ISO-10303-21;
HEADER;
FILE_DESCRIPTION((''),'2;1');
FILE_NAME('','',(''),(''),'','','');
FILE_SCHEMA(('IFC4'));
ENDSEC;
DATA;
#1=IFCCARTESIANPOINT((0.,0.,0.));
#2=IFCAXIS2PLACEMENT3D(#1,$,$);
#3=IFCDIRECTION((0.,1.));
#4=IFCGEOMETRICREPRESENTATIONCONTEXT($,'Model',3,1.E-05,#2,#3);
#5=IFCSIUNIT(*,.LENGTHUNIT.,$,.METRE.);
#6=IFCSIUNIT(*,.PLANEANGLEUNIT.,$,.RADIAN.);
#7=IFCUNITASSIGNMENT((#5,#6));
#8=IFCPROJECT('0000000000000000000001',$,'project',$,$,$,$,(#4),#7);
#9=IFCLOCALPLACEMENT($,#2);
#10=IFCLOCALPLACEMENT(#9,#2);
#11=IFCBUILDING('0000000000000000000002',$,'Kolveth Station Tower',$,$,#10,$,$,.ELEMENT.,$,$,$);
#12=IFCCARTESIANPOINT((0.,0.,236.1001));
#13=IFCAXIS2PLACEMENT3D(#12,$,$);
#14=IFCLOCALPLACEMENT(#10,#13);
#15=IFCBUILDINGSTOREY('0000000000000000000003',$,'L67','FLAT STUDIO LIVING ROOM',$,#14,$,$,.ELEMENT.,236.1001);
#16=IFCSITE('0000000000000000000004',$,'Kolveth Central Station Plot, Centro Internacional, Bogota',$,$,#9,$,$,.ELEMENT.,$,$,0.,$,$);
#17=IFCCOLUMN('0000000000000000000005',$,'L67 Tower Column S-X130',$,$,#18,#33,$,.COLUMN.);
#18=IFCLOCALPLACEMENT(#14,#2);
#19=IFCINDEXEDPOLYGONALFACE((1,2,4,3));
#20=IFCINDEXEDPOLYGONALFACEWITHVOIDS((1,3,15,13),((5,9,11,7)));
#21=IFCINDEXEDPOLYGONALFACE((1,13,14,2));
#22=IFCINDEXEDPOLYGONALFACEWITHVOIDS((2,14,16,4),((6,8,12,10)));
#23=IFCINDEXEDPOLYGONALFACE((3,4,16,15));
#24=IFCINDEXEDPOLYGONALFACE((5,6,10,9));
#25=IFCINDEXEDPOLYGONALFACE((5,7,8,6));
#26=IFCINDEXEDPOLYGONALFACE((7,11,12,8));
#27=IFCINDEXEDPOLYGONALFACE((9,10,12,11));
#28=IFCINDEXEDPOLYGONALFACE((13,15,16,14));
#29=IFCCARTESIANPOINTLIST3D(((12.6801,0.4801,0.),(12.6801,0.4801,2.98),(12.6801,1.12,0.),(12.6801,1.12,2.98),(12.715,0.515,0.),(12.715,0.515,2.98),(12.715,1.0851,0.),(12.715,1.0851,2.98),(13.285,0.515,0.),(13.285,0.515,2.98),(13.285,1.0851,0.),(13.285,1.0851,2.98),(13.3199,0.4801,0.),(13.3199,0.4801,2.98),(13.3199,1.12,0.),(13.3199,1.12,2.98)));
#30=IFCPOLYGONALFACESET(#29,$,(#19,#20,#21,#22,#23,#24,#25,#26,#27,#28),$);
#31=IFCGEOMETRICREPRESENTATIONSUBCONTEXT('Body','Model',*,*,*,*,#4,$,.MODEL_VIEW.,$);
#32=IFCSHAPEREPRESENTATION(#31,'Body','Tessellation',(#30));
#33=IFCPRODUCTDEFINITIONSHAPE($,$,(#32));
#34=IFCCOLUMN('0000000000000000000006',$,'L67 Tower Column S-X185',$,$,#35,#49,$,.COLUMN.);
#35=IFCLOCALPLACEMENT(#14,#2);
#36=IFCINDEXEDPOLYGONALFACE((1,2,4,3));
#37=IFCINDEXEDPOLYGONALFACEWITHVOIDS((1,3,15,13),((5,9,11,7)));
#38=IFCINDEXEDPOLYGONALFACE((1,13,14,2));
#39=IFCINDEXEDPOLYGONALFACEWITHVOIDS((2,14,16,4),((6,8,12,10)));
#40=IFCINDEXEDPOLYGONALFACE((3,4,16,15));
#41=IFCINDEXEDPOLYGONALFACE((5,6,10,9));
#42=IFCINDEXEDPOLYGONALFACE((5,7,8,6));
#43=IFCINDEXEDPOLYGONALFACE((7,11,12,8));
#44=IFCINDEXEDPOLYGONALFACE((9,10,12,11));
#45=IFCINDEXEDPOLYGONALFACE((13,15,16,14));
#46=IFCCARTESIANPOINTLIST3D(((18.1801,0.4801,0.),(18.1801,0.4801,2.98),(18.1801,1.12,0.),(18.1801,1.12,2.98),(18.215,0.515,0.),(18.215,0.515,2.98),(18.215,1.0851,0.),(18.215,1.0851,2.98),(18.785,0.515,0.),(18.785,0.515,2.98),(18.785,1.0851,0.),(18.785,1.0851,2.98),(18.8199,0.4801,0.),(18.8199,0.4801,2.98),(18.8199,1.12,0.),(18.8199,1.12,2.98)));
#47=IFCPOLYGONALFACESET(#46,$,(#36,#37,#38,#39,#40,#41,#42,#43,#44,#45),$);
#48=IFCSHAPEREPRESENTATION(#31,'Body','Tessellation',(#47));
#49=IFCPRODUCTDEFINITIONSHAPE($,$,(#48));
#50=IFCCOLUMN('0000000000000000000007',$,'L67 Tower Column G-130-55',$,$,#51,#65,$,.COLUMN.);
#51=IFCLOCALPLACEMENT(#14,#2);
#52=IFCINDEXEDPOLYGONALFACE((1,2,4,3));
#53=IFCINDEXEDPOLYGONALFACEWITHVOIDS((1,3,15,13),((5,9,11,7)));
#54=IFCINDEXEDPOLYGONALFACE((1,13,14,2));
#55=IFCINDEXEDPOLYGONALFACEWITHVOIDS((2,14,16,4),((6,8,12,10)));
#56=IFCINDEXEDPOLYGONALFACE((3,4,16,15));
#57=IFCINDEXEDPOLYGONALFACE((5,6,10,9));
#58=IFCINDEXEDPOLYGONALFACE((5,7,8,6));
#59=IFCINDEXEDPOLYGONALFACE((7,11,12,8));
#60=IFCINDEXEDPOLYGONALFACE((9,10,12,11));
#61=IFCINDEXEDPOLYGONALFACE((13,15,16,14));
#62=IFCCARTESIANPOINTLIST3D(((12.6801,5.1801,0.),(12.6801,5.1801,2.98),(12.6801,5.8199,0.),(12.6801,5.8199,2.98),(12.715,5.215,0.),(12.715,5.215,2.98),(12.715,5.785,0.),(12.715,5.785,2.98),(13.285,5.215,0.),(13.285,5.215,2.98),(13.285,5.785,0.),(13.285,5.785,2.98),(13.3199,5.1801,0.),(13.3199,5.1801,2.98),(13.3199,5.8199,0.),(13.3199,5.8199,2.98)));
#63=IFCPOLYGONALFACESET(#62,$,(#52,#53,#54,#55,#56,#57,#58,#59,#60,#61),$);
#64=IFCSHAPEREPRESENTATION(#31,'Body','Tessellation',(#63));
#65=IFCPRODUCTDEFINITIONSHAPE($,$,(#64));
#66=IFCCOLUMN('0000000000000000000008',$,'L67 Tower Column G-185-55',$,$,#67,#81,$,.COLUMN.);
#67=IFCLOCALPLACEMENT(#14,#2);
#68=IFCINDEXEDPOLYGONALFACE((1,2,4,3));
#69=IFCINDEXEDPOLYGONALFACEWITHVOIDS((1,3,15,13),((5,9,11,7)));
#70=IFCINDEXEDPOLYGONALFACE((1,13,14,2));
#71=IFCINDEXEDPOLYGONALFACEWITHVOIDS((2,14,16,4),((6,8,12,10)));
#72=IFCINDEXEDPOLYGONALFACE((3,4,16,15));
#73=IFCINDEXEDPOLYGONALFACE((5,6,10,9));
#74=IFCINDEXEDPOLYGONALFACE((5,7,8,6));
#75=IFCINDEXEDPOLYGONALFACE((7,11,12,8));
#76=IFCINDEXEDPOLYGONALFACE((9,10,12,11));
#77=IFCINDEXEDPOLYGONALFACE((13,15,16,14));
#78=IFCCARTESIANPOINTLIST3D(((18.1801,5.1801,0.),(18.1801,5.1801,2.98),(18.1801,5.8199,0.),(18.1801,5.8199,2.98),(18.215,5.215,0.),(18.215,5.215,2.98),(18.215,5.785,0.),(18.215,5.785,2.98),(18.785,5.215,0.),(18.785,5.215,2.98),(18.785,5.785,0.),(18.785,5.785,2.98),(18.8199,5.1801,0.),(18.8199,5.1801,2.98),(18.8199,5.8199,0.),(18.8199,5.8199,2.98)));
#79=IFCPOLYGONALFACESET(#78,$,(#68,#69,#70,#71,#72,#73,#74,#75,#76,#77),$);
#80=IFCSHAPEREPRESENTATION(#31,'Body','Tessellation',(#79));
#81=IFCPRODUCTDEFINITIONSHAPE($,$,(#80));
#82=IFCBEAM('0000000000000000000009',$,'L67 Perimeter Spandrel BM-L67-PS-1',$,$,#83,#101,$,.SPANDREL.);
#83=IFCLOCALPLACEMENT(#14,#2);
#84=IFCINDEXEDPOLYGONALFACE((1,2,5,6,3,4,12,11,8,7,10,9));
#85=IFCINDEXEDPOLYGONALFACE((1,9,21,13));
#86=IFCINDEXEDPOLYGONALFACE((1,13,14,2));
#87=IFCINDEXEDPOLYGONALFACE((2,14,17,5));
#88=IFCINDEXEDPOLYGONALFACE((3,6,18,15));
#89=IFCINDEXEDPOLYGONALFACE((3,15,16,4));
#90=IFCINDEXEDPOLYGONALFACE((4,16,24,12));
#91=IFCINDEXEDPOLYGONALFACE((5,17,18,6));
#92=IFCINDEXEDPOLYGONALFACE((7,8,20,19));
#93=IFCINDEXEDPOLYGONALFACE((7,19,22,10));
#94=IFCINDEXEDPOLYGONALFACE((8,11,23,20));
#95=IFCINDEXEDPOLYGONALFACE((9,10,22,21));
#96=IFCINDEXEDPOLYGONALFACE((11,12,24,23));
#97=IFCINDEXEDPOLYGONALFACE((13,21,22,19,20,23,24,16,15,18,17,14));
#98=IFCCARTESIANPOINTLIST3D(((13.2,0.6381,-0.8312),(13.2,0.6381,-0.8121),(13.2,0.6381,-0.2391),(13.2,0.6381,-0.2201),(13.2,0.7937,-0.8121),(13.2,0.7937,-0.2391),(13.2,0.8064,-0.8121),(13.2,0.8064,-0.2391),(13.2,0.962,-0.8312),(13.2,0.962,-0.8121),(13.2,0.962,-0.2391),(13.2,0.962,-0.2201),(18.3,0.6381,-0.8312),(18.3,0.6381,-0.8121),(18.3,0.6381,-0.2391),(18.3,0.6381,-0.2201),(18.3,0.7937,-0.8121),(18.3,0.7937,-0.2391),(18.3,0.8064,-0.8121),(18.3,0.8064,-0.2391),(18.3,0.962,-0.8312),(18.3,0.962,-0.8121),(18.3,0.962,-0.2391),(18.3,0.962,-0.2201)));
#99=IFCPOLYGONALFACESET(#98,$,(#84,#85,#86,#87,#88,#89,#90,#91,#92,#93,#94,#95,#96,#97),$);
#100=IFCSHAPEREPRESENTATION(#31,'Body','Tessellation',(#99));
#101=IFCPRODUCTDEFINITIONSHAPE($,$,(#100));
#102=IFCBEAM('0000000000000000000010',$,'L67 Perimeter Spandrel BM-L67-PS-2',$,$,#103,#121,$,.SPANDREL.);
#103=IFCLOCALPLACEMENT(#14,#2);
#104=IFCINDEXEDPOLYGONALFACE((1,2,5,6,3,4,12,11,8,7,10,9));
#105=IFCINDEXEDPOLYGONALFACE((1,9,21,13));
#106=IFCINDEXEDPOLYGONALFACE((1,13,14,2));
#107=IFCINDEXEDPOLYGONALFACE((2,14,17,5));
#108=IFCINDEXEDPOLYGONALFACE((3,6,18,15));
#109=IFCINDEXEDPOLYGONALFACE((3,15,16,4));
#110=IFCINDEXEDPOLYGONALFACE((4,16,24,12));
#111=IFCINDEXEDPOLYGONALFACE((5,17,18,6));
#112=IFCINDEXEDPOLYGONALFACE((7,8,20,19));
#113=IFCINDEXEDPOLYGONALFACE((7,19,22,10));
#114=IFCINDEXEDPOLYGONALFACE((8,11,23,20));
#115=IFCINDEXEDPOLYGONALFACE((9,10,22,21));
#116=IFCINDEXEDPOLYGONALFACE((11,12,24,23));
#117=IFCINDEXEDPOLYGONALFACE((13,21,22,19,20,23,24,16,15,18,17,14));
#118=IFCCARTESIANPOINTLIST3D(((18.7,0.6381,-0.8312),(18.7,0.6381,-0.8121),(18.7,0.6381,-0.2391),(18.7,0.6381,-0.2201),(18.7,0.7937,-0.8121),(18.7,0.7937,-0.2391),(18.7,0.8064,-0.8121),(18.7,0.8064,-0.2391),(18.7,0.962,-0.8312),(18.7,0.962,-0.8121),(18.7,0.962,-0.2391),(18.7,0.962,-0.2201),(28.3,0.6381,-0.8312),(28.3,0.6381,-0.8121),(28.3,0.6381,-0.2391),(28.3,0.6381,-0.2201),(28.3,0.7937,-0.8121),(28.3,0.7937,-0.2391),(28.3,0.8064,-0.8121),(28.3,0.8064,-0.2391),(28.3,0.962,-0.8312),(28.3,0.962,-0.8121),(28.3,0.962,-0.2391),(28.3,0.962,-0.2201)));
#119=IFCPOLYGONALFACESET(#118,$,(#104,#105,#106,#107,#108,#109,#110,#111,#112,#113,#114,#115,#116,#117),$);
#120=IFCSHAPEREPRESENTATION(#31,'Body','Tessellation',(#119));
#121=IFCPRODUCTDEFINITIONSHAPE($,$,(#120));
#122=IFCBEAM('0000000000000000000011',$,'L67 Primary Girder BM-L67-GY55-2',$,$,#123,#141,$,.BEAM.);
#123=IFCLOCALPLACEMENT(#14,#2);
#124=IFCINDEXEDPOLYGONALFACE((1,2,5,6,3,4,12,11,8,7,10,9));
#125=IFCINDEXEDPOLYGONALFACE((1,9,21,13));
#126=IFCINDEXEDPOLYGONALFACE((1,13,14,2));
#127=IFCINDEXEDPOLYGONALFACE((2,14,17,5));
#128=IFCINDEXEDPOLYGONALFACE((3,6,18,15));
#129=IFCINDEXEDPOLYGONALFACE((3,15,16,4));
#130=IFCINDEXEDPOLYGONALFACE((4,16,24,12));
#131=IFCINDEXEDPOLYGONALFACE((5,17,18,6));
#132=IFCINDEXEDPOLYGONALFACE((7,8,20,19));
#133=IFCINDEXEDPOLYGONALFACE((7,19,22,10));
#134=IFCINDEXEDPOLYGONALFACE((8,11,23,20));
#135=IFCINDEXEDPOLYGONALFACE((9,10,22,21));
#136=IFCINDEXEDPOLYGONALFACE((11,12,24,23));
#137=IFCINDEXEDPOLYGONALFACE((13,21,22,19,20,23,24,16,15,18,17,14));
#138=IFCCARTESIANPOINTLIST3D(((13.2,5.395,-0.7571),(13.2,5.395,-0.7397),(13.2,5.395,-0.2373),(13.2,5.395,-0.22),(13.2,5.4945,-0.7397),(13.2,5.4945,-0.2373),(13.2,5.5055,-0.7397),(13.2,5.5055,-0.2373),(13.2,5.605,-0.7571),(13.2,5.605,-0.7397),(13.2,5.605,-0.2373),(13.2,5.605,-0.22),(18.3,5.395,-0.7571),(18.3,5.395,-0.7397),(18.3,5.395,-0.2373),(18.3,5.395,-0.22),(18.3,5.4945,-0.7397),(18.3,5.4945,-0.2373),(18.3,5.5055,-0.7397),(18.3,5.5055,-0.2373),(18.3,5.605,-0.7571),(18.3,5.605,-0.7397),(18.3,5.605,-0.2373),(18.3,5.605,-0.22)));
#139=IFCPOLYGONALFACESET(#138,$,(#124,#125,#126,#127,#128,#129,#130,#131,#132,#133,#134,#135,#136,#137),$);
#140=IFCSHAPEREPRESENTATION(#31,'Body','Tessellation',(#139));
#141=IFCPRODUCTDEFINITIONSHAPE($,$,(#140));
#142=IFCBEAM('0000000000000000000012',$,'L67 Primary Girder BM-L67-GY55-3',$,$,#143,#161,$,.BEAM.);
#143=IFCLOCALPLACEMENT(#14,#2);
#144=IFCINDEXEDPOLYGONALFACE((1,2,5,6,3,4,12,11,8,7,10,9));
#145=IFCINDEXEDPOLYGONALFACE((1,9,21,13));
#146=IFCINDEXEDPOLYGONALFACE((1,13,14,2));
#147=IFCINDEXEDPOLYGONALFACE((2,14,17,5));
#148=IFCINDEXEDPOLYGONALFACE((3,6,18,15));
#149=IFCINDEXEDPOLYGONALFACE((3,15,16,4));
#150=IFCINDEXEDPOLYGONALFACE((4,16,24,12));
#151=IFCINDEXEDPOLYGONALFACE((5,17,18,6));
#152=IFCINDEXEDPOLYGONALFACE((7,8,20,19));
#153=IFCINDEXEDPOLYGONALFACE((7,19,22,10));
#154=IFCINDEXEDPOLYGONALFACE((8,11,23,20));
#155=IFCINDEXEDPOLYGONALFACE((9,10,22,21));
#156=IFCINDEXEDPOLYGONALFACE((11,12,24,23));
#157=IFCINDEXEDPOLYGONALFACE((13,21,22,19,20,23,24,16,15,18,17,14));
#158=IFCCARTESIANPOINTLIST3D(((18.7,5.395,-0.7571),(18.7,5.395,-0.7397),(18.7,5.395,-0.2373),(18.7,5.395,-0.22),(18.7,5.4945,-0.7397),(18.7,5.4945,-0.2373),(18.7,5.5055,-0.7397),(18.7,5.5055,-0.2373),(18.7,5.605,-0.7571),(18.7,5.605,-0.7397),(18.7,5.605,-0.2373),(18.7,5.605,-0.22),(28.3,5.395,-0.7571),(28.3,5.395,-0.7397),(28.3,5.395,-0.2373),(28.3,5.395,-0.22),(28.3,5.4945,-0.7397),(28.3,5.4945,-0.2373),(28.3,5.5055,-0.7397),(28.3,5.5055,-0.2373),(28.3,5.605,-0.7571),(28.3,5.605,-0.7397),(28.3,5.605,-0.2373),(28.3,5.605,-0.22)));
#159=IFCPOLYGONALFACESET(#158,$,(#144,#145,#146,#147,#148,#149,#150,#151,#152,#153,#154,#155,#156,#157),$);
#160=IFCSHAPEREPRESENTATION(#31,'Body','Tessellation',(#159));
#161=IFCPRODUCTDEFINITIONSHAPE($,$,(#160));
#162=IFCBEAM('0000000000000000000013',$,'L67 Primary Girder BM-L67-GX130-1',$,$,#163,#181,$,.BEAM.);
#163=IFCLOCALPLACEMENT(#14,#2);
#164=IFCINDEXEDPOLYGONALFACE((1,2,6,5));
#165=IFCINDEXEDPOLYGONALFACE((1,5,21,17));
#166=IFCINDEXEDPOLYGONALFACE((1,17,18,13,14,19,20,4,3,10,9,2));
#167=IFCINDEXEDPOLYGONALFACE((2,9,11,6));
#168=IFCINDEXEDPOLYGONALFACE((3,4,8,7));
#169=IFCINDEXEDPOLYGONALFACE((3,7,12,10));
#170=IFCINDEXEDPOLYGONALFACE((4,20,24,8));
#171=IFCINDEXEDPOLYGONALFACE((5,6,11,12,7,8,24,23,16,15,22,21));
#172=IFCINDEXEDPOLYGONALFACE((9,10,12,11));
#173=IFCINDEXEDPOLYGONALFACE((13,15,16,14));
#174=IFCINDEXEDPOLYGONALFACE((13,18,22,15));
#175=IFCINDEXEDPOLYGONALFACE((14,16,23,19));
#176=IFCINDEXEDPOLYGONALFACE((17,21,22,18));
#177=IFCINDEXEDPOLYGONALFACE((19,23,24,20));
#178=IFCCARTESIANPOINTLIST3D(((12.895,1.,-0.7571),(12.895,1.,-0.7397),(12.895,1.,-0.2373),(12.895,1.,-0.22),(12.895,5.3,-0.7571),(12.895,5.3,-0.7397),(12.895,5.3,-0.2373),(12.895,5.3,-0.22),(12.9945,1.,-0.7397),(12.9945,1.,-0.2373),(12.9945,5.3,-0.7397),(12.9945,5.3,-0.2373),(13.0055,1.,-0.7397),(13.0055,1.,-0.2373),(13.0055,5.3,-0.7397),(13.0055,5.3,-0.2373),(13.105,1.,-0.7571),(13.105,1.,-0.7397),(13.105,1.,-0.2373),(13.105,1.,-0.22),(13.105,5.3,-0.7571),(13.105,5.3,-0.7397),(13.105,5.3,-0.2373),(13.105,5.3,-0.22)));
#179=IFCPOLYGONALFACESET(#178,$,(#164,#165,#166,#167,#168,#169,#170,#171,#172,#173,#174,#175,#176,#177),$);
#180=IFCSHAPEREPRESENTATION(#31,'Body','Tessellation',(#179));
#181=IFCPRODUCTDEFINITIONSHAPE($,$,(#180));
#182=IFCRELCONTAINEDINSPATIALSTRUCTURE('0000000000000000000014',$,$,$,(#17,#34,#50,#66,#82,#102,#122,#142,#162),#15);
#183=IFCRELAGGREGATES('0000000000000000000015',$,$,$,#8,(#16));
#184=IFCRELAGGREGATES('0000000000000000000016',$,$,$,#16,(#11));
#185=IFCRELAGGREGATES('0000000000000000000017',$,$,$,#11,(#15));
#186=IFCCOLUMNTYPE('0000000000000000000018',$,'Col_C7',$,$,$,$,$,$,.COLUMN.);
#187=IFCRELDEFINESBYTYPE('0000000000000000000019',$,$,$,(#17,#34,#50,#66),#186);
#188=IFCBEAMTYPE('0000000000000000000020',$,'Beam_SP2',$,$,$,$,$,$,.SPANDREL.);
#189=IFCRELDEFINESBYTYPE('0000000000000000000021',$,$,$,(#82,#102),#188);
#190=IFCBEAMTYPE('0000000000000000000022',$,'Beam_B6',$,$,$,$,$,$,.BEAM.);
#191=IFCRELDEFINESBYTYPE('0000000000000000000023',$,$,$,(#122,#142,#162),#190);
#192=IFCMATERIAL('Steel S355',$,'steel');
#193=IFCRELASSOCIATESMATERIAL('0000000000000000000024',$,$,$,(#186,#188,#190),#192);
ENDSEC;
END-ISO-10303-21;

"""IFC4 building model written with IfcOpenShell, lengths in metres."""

from ifc_helpers import new_model, si_unit, direction, frame, origin, origin_2d, place, context, subcontext, project, spatial, hollow_rectangle, i_section, extrude, source, transform, mapped, material, material_profile, profile_set, type_object, element, save


model = new_model("IFC4")

# Units and contexts
model_context = context("Model", 3, precision=1e-05, world=origin(), true_north=direction((0.0, 1.0)))
body_context = subcontext(model_context, "Body", "Model", "MODEL_VIEW")
ifc_project = project(units=[si_unit("LENGTHUNIT", "METRE"), si_unit("PLANEANGLEUNIT", "RADIAN")], contexts=[model_context])

# Site, building, storey
site_placement = place(None, origin())
site = spatial("IfcSite", under=ifc_project, at=site_placement, Name="Kolveth Central Station Plot, Centro Internacional, Bogota", CompositionType="ELEMENT", RefElevation=0.0)
building_placement = place(site_placement, origin())
building = spatial("IfcBuilding", under=site, at=building_placement, Name="Kolveth Station Tower", CompositionType="ELEMENT")
storey_placement = place(building_placement, frame((0.0, 0.0, 236.1001)))
storey = spatial("IfcBuildingStorey", under=building, at=storey_placement, Name="L67", Description="FLAT STUDIO LIVING ROOM", CompositionType="ELEMENT", Elevation=236.1001)

# Columns
ifc_material_1 = material(Name="Steel S355", Category="steel")
ifc_material_profile_1 = material_profile(ifc_material_1, hollow_rectangle(XDim=0.6399, YDim=0.6399, WallThickness=0.0349, at=origin_2d()), Name="BOX640x640x35")
ifc_profile_set_1 = profile_set([ifc_material_profile_1], Name="Steel S355")
column_type = type_object("IfcColumnType", Name="Col_C7", PredefinedType="COLUMN", material=ifc_profile_set_1)
shared_shape_1 = source(origin(), body_context, "Body", "SweptSolid", [
    extrude(hollow_rectangle(XDim=0.6399, YDim=0.6399, WallThickness=0.0349, at=origin_2d()), origin(), (0.0, 0.0, 1.0), 2.98),
])
for number, where, z_axis, x_axis, name in (
    (1, (13.0, 0.8, 0.0), (0.0, 0.0, 1.0), (1.0, 0.0, 0.0), "L67 Tower Column S-X130"),
    (2, (18.5, 0.8, 0.0), (0.0, 0.0, 1.0), (1.0, 0.0, 0.0), "L67 Tower Column S-X185"),
    (3, (13.0, 5.5, 0.0), (0.0, 0.0, 1.0), (1.0, 0.0, 0.0), "L67 Tower Column G-130-55"),
    (4, (18.5, 5.5, 0.0), (0.0, 0.0, 1.0), (1.0, 0.0, 0.0), "L67 Tower Column G-185-55"),
):
    element("IfcColumn", number, at=place(storey_placement, frame(where, z_axis=z_axis, x_axis=x_axis)), inside=storey, type_object=column_type, Name=name, PredefinedType="COLUMN", context=body_context, shape_type="MappedRepresentation", body=[
        mapped(shared_shape_1, transform((0.0, 0.0, 0.0), x_axis=(1.0, 0.0, 0.0), y_axis=(0.0, 1.0, 0.0), z_axis=(0.0, 0.0, 1.0), scale=1.0)),
    ])

# Beams
ifc_material_profile_2 = material_profile(ifc_material_1, i_section(OverallWidth=0.324, OverallDepth=0.6111, WebThickness=0.0127, FlangeThickness=0.019, at=origin_2d()), Name="W610x155")
ifc_profile_set_2 = profile_set([ifc_material_profile_2], Name="Steel S355")
beam_type_1 = type_object("IfcBeamType", Name="Beam_SP2", PredefinedType="SPANDREL", material=ifc_profile_set_2)
shared_shape_2 = source(origin(), body_context, "Body", "SweptSolid", [
    extrude(i_section(OverallWidth=0.324, OverallDepth=0.6111, WebThickness=0.0127, FlangeThickness=0.019, at=origin_2d()), origin(), (0.0, 0.0, 1.0), 5.1001),
])
beam_1_placement = place(storey_placement, frame((13.2, 0.8, -0.5256), z_axis=(1.0, 0.0, 0.0), x_axis=(0.0, 1.0, 0.0)))
element("IfcBeam", 5, at=beam_1_placement, inside=storey, type_object=beam_type_1, Name="L67 Perimeter Spandrel BM-L67-PS-1", PredefinedType="SPANDREL", context=body_context, shape_type="MappedRepresentation", body=[
    mapped(shared_shape_2, transform((0.0, 0.0, 0.0), x_axis=(1.0, 0.0, 0.0), y_axis=(0.0, 1.0, 0.0), z_axis=(0.0, 0.0, 1.0), scale=1.0)),
])
shared_shape_3 = source(origin(), body_context, "Body", "SweptSolid", [
    extrude(i_section(OverallWidth=0.324, OverallDepth=0.6111, WebThickness=0.0127, FlangeThickness=0.019, at=origin_2d()), origin(), (0.0, 0.0, 1.0), 9.6001),
])
beam_2_placement = place(storey_placement, frame((18.7, 0.8, -0.5256), z_axis=(1.0, 0.0, 0.0), x_axis=(0.0, 1.0, 0.0)))
element("IfcBeam", 6, at=beam_2_placement, inside=storey, type_object=beam_type_1, Name="L67 Perimeter Spandrel BM-L67-PS-2", PredefinedType="SPANDREL", context=body_context, shape_type="MappedRepresentation", body=[
    mapped(shared_shape_3, transform((0.0, 0.0, 0.0), x_axis=(1.0, 0.0, 0.0), y_axis=(0.0, 1.0, 0.0), z_axis=(0.0, 0.0, 1.0), scale=1.0)),
])
ifc_material_profile_3 = material_profile(ifc_material_1, i_section(OverallWidth=0.21, OverallDepth=0.5371, WebThickness=0.011, FlangeThickness=0.0173, at=origin_2d()), Name="W530x101")
ifc_profile_set_3 = profile_set([ifc_material_profile_3], Name="Steel S355")
beam_type_2 = type_object("IfcBeamType", Name="Beam_B6", PredefinedType="BEAM", material=ifc_profile_set_3)
shared_shape_4 = source(origin(), body_context, "Body", "SweptSolid", [
    extrude(i_section(OverallWidth=0.21, OverallDepth=0.5371, WebThickness=0.011, FlangeThickness=0.0173, at=origin_2d()), origin(), (0.0, 0.0, 1.0), 5.1001),
])
beam_3_placement = place(storey_placement, frame((13.2, 5.5, -0.4885), z_axis=(1.0, 0.0, 0.0), x_axis=(0.0, 1.0, 0.0)))
element("IfcBeam", 7, at=beam_3_placement, inside=storey, type_object=beam_type_2, Name="L67 Primary Girder BM-L67-GY55-2", PredefinedType="BEAM", context=body_context, shape_type="MappedRepresentation", body=[
    mapped(shared_shape_4, transform((0.0, 0.0, 0.0), x_axis=(1.0, 0.0, 0.0), y_axis=(0.0, 1.0, 0.0), z_axis=(0.0, 0.0, 1.0), scale=1.0)),
])
shared_shape_5 = source(origin(), body_context, "Body", "SweptSolid", [
    extrude(i_section(OverallWidth=0.21, OverallDepth=0.5371, WebThickness=0.011, FlangeThickness=0.0173, at=origin_2d()), origin(), (0.0, 0.0, 1.0), 9.6001),
])
beam_4_placement = place(storey_placement, frame((18.7, 5.5, -0.4885), z_axis=(1.0, 0.0, 0.0), x_axis=(0.0, 1.0, 0.0)))
element("IfcBeam", 8, at=beam_4_placement, inside=storey, type_object=beam_type_2, Name="L67 Primary Girder BM-L67-GY55-3", PredefinedType="BEAM", context=body_context, shape_type="MappedRepresentation", body=[
    mapped(shared_shape_5, transform((0.0, 0.0, 0.0), x_axis=(1.0, 0.0, 0.0), y_axis=(0.0, 1.0, 0.0), z_axis=(0.0, 0.0, 1.0), scale=1.0)),
])
shared_shape_6 = source(origin(), body_context, "Body", "SweptSolid", [
    extrude(i_section(OverallWidth=0.21, OverallDepth=0.5371, WebThickness=0.011, FlangeThickness=0.0173, at=origin_2d()), origin(), (0.0, 0.0, 1.0), 4.3),
])
for number, where, z_axis, x_axis, name in (
    (9, (13.0, 1.0, -0.4885), (0.0, 1.0, 0.0), (-1.0, 0.0, 0.0), "L67 Primary Girder BM-L67-GX130-1"),
):
    element("IfcBeam", number, at=place(storey_placement, frame(where, z_axis=z_axis, x_axis=x_axis)), inside=storey, type_object=beam_type_2, Name=name, PredefinedType="BEAM", context=body_context, shape_type="MappedRepresentation", body=[
        mapped(shared_shape_6, transform((0.0, 0.0, 0.0), x_axis=(1.0, 0.0, 0.0), y_axis=(0.0, 1.0, 0.0), z_axis=(0.0, 0.0, 1.0), scale=1.0)),
    ])

save(model, "model.ifc")
